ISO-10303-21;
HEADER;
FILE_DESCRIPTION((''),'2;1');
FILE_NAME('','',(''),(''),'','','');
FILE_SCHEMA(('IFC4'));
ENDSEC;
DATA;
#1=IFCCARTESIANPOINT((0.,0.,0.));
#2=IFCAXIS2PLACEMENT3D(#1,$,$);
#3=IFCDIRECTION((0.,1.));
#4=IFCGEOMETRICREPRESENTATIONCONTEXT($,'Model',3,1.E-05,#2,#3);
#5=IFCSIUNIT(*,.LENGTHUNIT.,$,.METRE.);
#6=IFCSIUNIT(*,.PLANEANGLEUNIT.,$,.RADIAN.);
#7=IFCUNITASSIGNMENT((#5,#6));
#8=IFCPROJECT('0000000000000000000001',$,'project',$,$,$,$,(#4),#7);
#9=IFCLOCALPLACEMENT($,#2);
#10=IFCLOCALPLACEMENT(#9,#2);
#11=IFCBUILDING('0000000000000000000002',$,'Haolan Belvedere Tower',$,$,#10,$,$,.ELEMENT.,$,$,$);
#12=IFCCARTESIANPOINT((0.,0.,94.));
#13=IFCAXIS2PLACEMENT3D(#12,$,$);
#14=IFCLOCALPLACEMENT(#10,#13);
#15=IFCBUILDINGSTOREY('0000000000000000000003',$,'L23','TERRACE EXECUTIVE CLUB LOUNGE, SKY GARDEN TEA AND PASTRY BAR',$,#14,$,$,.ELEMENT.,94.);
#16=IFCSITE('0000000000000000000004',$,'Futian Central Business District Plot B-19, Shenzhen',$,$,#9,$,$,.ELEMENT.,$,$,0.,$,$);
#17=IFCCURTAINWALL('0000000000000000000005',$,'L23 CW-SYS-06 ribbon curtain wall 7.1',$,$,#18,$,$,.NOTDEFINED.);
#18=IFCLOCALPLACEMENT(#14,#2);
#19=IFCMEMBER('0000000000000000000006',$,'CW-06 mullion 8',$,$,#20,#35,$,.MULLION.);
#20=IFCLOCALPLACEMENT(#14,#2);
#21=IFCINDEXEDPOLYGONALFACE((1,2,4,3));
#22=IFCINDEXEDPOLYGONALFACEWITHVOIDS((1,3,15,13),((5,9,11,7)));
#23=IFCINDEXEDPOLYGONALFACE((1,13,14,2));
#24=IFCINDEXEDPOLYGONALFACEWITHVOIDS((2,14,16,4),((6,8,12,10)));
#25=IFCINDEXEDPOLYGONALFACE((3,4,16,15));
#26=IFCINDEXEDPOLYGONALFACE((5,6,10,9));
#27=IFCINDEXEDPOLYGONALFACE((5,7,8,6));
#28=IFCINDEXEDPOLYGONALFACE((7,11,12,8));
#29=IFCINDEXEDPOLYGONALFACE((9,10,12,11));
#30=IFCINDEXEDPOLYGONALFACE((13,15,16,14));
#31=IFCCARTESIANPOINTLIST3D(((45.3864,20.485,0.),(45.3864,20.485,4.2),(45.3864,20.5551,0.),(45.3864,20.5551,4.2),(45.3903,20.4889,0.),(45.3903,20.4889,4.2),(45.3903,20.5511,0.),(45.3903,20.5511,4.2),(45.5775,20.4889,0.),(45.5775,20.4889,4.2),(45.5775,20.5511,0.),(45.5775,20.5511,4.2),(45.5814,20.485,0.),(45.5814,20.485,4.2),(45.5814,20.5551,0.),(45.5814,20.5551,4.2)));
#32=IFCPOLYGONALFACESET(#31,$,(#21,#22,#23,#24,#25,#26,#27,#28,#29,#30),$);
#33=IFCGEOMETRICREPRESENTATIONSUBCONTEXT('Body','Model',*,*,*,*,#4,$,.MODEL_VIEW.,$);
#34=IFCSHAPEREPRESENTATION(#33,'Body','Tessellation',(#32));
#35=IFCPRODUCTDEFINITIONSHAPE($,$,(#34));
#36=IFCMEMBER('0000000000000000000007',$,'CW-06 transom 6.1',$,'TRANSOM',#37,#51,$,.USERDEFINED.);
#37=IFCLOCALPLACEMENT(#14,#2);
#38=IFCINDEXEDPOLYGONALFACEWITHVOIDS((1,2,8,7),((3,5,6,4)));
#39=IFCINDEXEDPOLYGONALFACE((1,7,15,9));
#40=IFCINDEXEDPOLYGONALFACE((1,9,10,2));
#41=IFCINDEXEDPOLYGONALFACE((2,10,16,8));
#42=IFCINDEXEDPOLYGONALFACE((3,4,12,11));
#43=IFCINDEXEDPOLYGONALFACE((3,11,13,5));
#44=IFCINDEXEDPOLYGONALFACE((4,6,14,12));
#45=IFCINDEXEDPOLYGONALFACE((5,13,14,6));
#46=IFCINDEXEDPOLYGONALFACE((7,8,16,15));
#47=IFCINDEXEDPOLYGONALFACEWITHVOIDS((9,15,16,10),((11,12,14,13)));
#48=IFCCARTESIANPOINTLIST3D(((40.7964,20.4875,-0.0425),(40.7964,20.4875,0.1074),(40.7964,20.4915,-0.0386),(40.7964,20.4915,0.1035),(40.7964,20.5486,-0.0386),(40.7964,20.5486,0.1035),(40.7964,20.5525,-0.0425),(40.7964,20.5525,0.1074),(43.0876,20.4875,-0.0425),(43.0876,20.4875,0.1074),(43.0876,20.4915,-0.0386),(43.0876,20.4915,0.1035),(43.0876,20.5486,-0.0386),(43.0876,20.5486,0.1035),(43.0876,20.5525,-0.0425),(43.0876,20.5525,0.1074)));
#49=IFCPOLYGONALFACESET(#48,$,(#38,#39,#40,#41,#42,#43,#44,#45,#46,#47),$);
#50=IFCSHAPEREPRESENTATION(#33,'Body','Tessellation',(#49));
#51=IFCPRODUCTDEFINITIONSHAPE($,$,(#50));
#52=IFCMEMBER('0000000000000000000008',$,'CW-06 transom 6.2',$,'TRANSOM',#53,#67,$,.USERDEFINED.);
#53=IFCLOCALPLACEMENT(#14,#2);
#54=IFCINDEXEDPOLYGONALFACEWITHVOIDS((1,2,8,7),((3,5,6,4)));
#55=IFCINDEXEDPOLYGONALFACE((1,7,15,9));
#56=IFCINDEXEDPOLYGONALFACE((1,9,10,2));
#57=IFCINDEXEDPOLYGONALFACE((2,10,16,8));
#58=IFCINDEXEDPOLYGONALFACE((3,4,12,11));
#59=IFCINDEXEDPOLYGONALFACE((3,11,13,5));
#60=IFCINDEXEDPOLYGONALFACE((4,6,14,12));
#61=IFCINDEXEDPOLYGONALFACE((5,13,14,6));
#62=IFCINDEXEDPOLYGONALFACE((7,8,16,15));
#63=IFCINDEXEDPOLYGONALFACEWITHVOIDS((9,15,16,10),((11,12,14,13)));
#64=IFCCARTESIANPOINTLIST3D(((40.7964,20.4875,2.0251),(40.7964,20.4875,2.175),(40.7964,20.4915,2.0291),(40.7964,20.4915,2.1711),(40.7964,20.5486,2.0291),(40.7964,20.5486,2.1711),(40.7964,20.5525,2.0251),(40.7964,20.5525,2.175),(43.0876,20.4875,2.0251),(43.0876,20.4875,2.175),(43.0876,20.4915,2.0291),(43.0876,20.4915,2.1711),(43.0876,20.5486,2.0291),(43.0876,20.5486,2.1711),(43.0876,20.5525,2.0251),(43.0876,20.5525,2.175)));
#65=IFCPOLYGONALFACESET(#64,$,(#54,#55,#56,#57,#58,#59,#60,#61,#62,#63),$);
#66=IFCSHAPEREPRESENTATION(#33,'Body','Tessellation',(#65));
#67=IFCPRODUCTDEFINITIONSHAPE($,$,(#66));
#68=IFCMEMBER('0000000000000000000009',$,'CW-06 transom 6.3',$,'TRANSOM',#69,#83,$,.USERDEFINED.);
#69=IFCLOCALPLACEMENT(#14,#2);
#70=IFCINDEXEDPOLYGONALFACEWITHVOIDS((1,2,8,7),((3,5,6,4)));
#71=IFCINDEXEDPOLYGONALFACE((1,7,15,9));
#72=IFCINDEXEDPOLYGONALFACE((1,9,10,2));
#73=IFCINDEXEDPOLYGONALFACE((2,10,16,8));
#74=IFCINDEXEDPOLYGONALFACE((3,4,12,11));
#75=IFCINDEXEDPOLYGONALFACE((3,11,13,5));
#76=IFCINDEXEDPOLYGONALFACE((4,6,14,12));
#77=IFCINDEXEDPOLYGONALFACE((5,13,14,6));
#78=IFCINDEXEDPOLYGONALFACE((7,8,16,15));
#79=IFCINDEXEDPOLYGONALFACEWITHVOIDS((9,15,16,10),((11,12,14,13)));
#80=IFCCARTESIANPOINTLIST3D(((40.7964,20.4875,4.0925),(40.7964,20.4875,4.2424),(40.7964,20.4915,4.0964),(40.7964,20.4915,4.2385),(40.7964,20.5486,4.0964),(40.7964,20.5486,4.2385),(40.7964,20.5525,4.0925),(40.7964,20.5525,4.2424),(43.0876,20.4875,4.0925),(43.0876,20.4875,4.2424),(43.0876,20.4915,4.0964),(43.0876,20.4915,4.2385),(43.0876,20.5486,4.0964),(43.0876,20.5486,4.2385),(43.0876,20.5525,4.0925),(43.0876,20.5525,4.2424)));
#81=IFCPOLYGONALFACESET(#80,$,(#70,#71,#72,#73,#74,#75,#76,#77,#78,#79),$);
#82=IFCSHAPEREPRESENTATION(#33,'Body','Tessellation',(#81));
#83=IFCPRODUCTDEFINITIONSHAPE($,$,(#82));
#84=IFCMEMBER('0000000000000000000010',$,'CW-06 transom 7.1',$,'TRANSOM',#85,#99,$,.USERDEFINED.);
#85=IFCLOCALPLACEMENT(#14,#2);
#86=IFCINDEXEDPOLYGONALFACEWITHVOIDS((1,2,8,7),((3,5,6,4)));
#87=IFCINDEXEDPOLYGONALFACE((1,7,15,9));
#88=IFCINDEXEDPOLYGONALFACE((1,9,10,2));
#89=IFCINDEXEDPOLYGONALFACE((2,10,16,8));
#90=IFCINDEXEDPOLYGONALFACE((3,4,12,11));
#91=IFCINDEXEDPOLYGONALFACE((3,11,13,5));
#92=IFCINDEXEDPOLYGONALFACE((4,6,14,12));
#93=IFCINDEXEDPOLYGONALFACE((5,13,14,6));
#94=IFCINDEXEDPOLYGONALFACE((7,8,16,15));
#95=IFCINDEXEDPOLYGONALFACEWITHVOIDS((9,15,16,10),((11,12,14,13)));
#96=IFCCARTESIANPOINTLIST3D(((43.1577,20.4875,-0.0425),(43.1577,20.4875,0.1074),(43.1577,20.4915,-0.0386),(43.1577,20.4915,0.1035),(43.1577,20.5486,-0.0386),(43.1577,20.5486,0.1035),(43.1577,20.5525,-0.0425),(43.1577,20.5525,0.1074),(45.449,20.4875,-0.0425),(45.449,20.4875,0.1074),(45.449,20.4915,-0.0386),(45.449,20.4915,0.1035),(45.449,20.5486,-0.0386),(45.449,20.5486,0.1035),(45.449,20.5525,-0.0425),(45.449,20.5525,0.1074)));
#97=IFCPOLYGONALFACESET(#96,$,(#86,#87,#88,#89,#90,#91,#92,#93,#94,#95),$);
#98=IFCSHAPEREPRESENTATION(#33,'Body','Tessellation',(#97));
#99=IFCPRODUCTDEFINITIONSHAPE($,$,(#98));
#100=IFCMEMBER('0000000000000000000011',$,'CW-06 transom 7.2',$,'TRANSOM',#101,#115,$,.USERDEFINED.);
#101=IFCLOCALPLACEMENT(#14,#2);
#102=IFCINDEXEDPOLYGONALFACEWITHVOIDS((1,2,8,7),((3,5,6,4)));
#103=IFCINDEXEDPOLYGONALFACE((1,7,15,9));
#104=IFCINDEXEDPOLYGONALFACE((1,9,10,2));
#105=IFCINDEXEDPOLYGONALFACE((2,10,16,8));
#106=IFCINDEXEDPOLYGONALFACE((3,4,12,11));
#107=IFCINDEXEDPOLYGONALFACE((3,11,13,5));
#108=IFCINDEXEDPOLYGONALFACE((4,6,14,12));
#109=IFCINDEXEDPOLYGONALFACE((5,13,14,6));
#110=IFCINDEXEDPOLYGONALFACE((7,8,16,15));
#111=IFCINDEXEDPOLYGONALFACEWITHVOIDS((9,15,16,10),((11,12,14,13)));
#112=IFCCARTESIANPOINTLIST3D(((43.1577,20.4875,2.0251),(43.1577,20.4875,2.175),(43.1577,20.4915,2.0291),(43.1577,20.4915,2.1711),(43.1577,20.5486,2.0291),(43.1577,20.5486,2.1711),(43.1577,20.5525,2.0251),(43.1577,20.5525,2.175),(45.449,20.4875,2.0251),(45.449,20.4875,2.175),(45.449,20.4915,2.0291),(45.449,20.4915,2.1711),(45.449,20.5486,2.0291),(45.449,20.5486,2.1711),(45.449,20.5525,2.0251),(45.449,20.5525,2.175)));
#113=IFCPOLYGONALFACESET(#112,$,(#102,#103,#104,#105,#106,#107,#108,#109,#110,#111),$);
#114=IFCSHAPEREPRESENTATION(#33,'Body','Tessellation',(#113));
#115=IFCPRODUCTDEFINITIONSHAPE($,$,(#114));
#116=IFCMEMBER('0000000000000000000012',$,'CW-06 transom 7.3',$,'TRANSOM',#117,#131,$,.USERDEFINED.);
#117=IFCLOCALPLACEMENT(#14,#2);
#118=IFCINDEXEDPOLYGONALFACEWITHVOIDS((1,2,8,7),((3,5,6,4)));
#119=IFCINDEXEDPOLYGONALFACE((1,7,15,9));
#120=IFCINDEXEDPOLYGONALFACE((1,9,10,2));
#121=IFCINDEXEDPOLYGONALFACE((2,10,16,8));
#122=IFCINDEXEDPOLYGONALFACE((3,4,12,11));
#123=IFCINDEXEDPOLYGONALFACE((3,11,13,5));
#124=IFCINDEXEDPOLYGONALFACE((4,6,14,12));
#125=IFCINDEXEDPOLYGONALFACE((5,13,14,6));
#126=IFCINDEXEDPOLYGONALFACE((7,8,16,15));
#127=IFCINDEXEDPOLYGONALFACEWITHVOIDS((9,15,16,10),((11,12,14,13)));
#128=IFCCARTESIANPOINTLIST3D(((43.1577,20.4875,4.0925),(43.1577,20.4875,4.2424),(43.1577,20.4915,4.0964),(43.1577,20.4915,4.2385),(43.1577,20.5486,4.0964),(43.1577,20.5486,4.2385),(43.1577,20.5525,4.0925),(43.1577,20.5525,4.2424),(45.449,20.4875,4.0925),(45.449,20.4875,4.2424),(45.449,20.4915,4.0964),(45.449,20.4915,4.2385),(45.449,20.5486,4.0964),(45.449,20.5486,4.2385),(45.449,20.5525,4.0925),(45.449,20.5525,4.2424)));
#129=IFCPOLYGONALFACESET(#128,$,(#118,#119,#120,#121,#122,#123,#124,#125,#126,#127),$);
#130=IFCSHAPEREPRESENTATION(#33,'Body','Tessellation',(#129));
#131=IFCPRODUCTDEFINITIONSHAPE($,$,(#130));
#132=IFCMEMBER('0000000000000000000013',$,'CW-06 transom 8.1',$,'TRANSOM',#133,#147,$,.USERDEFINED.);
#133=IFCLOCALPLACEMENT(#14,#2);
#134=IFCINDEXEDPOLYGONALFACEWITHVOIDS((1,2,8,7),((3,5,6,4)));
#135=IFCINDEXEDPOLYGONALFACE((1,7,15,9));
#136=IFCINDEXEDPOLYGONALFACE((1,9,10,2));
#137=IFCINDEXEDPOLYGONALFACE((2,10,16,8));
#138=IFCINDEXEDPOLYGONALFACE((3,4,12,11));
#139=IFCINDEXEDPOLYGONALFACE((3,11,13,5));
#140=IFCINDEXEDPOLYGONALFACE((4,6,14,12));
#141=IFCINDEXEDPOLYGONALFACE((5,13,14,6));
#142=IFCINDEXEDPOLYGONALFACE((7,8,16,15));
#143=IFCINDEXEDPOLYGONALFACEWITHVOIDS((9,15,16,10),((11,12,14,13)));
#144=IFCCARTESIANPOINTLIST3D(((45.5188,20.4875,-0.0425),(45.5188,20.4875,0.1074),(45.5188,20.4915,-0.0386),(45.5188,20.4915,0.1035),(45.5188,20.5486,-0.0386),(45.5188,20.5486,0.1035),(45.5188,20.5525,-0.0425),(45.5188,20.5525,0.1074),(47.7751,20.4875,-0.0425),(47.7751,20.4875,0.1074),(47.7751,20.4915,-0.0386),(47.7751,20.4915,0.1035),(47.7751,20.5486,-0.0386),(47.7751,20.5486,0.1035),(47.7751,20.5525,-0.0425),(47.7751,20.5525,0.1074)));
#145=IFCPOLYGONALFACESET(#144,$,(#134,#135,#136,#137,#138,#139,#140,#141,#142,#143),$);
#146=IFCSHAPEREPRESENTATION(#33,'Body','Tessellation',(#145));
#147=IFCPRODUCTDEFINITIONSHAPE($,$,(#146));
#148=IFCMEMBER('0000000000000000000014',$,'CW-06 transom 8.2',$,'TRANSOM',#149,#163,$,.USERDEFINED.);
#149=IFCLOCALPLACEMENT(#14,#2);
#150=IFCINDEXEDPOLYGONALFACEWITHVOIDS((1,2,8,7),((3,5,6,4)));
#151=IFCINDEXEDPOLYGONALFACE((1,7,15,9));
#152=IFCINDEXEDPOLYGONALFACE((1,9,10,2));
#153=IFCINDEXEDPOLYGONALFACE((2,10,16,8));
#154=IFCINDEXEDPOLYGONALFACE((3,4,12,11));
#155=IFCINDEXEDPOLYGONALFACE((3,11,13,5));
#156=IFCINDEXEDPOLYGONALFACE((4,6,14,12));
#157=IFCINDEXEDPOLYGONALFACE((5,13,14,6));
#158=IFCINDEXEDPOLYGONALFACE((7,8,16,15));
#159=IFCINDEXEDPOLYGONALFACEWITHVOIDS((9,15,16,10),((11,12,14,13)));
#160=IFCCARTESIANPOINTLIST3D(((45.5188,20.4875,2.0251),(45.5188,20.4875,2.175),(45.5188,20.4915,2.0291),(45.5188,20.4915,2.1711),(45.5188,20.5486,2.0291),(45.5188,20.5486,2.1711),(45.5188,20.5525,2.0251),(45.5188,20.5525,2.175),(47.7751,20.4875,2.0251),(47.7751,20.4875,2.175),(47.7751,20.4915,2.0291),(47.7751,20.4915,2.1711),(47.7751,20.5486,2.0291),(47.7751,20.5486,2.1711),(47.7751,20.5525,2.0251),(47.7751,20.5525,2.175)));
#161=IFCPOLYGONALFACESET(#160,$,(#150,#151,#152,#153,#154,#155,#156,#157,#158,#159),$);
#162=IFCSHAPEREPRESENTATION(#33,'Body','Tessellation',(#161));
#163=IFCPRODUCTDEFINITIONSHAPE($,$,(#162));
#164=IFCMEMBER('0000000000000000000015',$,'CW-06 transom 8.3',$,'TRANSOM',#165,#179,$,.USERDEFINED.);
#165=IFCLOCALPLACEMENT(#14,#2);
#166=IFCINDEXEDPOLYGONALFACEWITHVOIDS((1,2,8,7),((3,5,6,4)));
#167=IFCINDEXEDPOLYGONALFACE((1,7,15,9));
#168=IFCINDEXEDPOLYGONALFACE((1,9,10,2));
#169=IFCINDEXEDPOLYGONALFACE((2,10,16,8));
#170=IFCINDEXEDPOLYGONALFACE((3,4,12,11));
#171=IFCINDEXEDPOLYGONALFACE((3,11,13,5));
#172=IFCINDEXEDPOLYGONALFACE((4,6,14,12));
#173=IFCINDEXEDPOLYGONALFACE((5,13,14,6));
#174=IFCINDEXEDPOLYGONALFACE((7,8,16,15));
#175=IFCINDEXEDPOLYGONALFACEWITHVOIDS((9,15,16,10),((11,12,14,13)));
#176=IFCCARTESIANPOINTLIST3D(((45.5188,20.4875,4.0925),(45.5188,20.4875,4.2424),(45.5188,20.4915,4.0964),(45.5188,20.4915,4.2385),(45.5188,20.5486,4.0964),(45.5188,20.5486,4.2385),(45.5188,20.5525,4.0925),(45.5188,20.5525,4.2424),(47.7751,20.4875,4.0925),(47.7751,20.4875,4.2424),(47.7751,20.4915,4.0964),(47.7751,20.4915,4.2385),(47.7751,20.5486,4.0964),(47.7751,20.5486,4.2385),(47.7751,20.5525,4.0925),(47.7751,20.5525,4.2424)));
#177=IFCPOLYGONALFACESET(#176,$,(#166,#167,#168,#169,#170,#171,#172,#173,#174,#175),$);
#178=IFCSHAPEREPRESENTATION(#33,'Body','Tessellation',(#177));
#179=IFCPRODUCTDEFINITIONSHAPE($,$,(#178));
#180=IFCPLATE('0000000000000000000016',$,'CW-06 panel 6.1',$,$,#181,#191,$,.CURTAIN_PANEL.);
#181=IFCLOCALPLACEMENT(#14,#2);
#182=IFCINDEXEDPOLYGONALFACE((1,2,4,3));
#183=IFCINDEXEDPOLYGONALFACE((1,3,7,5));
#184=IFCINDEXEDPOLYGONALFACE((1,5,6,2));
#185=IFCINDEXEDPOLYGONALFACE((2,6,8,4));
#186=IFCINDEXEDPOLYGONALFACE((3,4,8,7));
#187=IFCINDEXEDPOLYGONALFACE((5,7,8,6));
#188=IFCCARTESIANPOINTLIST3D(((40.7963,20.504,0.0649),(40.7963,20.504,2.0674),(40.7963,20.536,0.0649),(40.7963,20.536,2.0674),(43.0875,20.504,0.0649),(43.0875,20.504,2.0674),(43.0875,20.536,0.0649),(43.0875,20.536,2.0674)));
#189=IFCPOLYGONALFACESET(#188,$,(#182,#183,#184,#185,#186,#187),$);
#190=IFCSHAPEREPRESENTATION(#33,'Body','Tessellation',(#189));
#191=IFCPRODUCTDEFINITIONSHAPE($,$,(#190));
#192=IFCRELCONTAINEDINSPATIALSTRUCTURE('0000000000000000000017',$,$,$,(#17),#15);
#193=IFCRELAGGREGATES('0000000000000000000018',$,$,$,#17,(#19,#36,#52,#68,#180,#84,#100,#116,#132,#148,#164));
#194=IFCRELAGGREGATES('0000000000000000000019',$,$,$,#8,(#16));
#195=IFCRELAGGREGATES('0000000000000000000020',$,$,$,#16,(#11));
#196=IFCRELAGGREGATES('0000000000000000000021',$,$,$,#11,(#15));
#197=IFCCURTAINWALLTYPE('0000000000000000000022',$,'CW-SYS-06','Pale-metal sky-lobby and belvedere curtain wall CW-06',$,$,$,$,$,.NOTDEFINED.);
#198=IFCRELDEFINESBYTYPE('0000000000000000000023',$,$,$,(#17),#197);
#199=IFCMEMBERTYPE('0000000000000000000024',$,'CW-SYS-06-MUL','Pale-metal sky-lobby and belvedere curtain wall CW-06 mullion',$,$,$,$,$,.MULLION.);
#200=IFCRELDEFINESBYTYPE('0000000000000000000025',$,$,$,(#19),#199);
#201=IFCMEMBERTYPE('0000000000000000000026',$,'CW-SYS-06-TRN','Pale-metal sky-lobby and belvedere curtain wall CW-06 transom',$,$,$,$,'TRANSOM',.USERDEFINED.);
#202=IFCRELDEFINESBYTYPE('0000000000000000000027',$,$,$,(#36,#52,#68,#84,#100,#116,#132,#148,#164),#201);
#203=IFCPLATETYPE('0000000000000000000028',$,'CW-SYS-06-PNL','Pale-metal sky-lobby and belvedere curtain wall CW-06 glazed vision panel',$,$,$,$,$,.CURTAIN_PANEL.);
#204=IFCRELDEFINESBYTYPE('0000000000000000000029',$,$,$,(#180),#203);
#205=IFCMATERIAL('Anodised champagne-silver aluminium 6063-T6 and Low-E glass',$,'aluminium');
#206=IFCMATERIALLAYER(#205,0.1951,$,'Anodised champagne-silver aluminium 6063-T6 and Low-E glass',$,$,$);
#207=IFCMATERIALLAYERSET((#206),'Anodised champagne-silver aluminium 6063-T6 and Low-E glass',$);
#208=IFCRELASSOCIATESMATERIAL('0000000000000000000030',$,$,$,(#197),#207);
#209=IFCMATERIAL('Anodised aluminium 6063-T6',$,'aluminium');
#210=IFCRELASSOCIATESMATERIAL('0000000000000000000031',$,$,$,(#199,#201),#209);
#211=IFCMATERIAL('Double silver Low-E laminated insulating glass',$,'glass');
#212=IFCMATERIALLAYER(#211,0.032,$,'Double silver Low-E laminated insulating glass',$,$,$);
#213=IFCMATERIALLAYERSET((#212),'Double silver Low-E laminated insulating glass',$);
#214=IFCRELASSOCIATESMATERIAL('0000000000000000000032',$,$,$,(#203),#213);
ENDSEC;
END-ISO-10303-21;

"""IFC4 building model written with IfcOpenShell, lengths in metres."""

from ifc_helpers import new_model, si_unit, direction, frame, origin, origin_2d, place, context, subcontext, project, spatial, rectangle, hollow_rectangle, extrude, material, layer, layer_set, material_profile, profile_set, type_object, element, aggregate, save


model = new_model("IFC4")

# Units and contexts
model_context = context("Model", 3, precision=1e-05, world=origin(), true_north=direction((0.0, 1.0)))
body_context = subcontext(model_context, "Body", "Model", "MODEL_VIEW")
ifc_project = project(units=[si_unit("LENGTHUNIT", "METRE"), si_unit("PLANEANGLEUNIT", "RADIAN")], contexts=[model_context])

# Site, building, storey
site_placement = place(None, origin())
site = spatial("IfcSite", under=ifc_project, at=site_placement, Name="Futian Central Business District Plot B-19, Shenzhen", CompositionType="ELEMENT", RefElevation=0.0)
building_placement = place(site_placement, origin())
building = spatial("IfcBuilding", under=site, at=building_placement, Name="Haolan Belvedere Tower", CompositionType="ELEMENT")
storey_placement = place(building_placement, frame((0.0, 0.0, 94.0)))
storey = spatial("IfcBuildingStorey", under=building, at=storey_placement, Name="L23", Description="TERRACE EXECUTIVE CLUB LOUNGE, SKY GARDEN TEA AND PASTRY BAR", CompositionType="ELEMENT", Elevation=94.0)

# Curtain wall, members, plate
ifc_material_1 = material(Name="Anodised champagne-silver aluminium 6063-T6 and Low-E glass", Category="aluminium")
ifc_layer_1 = layer(ifc_material_1, 0.1951, Name="Anodised champagne-silver aluminium 6063-T6 and Low-E glass")
ifc_layer_set_1 = layer_set([ifc_layer_1], Name="Anodised champagne-silver aluminium 6063-T6 and Low-E glass")
curtain_wall_type = type_object("IfcCurtainWallType", Name="CW-SYS-06", Description="Pale-metal sky-lobby and belvedere curtain wall CW-06", PredefinedType="NOTDEFINED", material=ifc_layer_set_1)
curtain_wall_placement = place(storey_placement, origin())
curtain_wall = element("IfcCurtainWall", 1, at=curtain_wall_placement, inside=storey, type_object=curtain_wall_type, Name="L23 CW-SYS-06 ribbon curtain wall 7.1", PredefinedType="NOTDEFINED")
ifc_material_2 = material(Name="Anodised aluminium 6063-T6", Category="aluminium")
ifc_material_profile_1 = material_profile(ifc_material_2, hollow_rectangle(XDim=0.0701, YDim=0.1951, WallThickness=0.0039, at=origin_2d()), Name="Anodised aluminium 6063-T6")
ifc_profile_set_1 = profile_set([ifc_material_profile_1], Name="Anodised aluminium 6063-T6")
member_type_1 = type_object("IfcMemberType", Name="CW-SYS-06-MUL", Description="Pale-metal sky-lobby and belvedere curtain wall CW-06 mullion", PredefinedType="MULLION", material=ifc_profile_set_1)
member_1_placement = place(storey_placement, frame((45.4839, 20.52, 0.0), z_axis=(0.0, 0.0, 1.0), x_axis=(0.0, 1.0, 0.0)))
member_1 = element("IfcMember", 2, at=member_1_placement, type_object=member_type_1, Name="CW-06 mullion 8", PredefinedType="MULLION", context=body_context, shape_type="SweptSolid", body=[
    extrude(hollow_rectangle(XDim=0.0701, YDim=0.1951, WallThickness=0.0039, at=origin_2d()), origin(), (0.0, 0.0, 1.0), 4.2),
])
ifc_material_profile_2 = material_profile(ifc_material_2, hollow_rectangle(XDim=0.0649, YDim=0.1499, WallThickness=0.0039, at=origin_2d()), Name="Anodised aluminium 6063-T6")
ifc_profile_set_2 = profile_set([ifc_material_profile_2], Name="Anodised aluminium 6063-T6")
member_type_2 = type_object("IfcMemberType", Name="CW-SYS-06-TRN", Description="Pale-metal sky-lobby and belvedere curtain wall CW-06 transom", ElementType="TRANSOM", PredefinedType="USERDEFINED", material=ifc_profile_set_2)
member_2_placement = place(storey_placement, frame((40.7964, 20.52, 0.0325), z_axis=(1.0, 0.0, 0.0), x_axis=(0.0, 1.0, 0.0)))
member_2 = element("IfcMember", 3, at=member_2_placement, type_object=member_type_2, Name="CW-06 transom 6.1", ObjectType="TRANSOM", PredefinedType="USERDEFINED", context=body_context, shape_type="SweptSolid", body=[
    extrude(hollow_rectangle(XDim=0.0649, YDim=0.1499, WallThickness=0.0039, at=origin_2d()), origin(), (0.0, 0.0, 1.0), 2.2913),
])
member_3_placement = place(storey_placement, frame((40.7964, 20.52, 2.1001), z_axis=(1.0, 0.0, 0.0), x_axis=(0.0, 1.0, 0.0)))
member_3 = element("IfcMember", 4, at=member_3_placement, type_object=member_type_2, Name="CW-06 transom 6.2", ObjectType="TRANSOM", PredefinedType="USERDEFINED", context=body_context, shape_type="SweptSolid", body=[
    extrude(hollow_rectangle(XDim=0.0649, YDim=0.1499, WallThickness=0.0039, at=origin_2d()), origin(), (0.0, 0.0, 1.0), 2.2913),
])
member_4_placement = place(storey_placement, frame((40.7964, 20.52, 4.1675), z_axis=(1.0, 0.0, 0.0), x_axis=(0.0, 1.0, 0.0)))
member_4 = element("IfcMember", 5, at=member_4_placement, type_object=member_type_2, Name="CW-06 transom 6.3", ObjectType="TRANSOM", PredefinedType="USERDEFINED", context=body_context, shape_type="SweptSolid", body=[
    extrude(hollow_rectangle(XDim=0.0649, YDim=0.1499, WallThickness=0.0039, at=origin_2d()), origin(), (0.0, 0.0, 1.0), 2.2913),
])
member_5_placement = place(storey_placement, frame((43.1577, 20.52, 0.0325), z_axis=(1.0, 0.0, 0.0), x_axis=(0.0, 1.0, 0.0)))
member_5 = element("IfcMember", 6, at=member_5_placement, type_object=member_type_2, Name="CW-06 transom 7.1", ObjectType="TRANSOM", PredefinedType="USERDEFINED", context=body_context, shape_type="SweptSolid", body=[
    extrude(hollow_rectangle(XDim=0.0649, YDim=0.1499, WallThickness=0.0039, at=origin_2d()), origin(), (0.0, 0.0, 1.0), 2.2913),
])
member_6_placement = place(storey_placement, frame((43.1577, 20.52, 2.1001), z_axis=(1.0, 0.0, 0.0), x_axis=(0.0, 1.0, 0.0)))
member_6 = element("IfcMember", 7, at=member_6_placement, type_object=member_type_2, Name="CW-06 transom 7.2", ObjectType="TRANSOM", PredefinedType="USERDEFINED", context=body_context, shape_type="SweptSolid", body=[
    extrude(hollow_rectangle(XDim=0.0649, YDim=0.1499, WallThickness=0.0039, at=origin_2d()), origin(), (0.0, 0.0, 1.0), 2.2913),
])
member_7_placement = place(storey_placement, frame((43.1577, 20.52, 4.1675), z_axis=(1.0, 0.0, 0.0), x_axis=(0.0, 1.0, 0.0)))
member_7 = element("IfcMember", 8, at=member_7_placement, type_object=member_type_2, Name="CW-06 transom 7.3", ObjectType="TRANSOM", PredefinedType="USERDEFINED", context=body_context, shape_type="SweptSolid", body=[
    extrude(hollow_rectangle(XDim=0.0649, YDim=0.1499, WallThickness=0.0039, at=origin_2d()), origin(), (0.0, 0.0, 1.0), 2.2913),
])
member_8_placement = place(storey_placement, frame((45.5188, 20.52, 0.0325), z_axis=(1.0, 0.0, 0.0), x_axis=(0.0, 1.0, 0.0)))
member_8 = element("IfcMember", 9, at=member_8_placement, type_object=member_type_2, Name="CW-06 transom 8.1", ObjectType="TRANSOM", PredefinedType="USERDEFINED", context=body_context, shape_type="SweptSolid", body=[
    extrude(hollow_rectangle(XDim=0.0649, YDim=0.1499, WallThickness=0.0039, at=origin_2d()), origin(), (0.0, 0.0, 1.0), 2.2563),
])
member_9_placement = place(storey_placement, frame((45.5188, 20.52, 2.1001), z_axis=(1.0, 0.0, 0.0), x_axis=(0.0, 1.0, 0.0)))
member_9 = element("IfcMember", 10, at=member_9_placement, type_object=member_type_2, Name="CW-06 transom 8.2", ObjectType="TRANSOM", PredefinedType="USERDEFINED", context=body_context, shape_type="SweptSolid", body=[
    extrude(hollow_rectangle(XDim=0.0649, YDim=0.1499, WallThickness=0.0039, at=origin_2d()), origin(), (0.0, 0.0, 1.0), 2.2563),
])
member_10_placement = place(storey_placement, frame((45.5188, 20.52, 4.1675), z_axis=(1.0, 0.0, 0.0), x_axis=(0.0, 1.0, 0.0)))
member_10 = element("IfcMember", 11, at=member_10_placement, type_object=member_type_2, Name="CW-06 transom 8.3", ObjectType="TRANSOM", PredefinedType="USERDEFINED", context=body_context, shape_type="SweptSolid", body=[
    extrude(hollow_rectangle(XDim=0.0649, YDim=0.1499, WallThickness=0.0039, at=origin_2d()), origin(), (0.0, 0.0, 1.0), 2.2563),
])
ifc_material_3 = material(Name="Double silver Low-E laminated insulating glass", Category="glass")
ifc_layer_2 = layer(ifc_material_3, 0.032, Name="Double silver Low-E laminated insulating glass")
ifc_layer_set_2 = layer_set([ifc_layer_2], Name="Double silver Low-E laminated insulating glass")
plate_type = type_object("IfcPlateType", Name="CW-SYS-06-PNL", Description="Pale-metal sky-lobby and belvedere curtain wall CW-06 glazed vision panel", PredefinedType="CURTAIN_PANEL", material=ifc_layer_set_2)
plate_1_placement = place(storey_placement, frame((41.9419, 20.52, 0.0649), z_axis=(0.0, 0.0, 1.0), x_axis=(1.0, 0.0, 0.0)))
plate_1 = element("IfcPlate", 12, at=plate_1_placement, type_object=plate_type, Name="CW-06 panel 6.1", PredefinedType="CURTAIN_PANEL", context=body_context, shape_type="SweptSolid", body=[
    extrude(rectangle(XDim=2.2913, YDim=0.032, at=origin_2d()), origin(), (0.0, 0.0, 1.0), 2.0024),
])
aggregate(curtain_wall, [member_1, member_2, member_3, member_4, plate_1, member_5, member_6, member_7, member_8, member_9, member_10])

save(model, "model.ifc")
